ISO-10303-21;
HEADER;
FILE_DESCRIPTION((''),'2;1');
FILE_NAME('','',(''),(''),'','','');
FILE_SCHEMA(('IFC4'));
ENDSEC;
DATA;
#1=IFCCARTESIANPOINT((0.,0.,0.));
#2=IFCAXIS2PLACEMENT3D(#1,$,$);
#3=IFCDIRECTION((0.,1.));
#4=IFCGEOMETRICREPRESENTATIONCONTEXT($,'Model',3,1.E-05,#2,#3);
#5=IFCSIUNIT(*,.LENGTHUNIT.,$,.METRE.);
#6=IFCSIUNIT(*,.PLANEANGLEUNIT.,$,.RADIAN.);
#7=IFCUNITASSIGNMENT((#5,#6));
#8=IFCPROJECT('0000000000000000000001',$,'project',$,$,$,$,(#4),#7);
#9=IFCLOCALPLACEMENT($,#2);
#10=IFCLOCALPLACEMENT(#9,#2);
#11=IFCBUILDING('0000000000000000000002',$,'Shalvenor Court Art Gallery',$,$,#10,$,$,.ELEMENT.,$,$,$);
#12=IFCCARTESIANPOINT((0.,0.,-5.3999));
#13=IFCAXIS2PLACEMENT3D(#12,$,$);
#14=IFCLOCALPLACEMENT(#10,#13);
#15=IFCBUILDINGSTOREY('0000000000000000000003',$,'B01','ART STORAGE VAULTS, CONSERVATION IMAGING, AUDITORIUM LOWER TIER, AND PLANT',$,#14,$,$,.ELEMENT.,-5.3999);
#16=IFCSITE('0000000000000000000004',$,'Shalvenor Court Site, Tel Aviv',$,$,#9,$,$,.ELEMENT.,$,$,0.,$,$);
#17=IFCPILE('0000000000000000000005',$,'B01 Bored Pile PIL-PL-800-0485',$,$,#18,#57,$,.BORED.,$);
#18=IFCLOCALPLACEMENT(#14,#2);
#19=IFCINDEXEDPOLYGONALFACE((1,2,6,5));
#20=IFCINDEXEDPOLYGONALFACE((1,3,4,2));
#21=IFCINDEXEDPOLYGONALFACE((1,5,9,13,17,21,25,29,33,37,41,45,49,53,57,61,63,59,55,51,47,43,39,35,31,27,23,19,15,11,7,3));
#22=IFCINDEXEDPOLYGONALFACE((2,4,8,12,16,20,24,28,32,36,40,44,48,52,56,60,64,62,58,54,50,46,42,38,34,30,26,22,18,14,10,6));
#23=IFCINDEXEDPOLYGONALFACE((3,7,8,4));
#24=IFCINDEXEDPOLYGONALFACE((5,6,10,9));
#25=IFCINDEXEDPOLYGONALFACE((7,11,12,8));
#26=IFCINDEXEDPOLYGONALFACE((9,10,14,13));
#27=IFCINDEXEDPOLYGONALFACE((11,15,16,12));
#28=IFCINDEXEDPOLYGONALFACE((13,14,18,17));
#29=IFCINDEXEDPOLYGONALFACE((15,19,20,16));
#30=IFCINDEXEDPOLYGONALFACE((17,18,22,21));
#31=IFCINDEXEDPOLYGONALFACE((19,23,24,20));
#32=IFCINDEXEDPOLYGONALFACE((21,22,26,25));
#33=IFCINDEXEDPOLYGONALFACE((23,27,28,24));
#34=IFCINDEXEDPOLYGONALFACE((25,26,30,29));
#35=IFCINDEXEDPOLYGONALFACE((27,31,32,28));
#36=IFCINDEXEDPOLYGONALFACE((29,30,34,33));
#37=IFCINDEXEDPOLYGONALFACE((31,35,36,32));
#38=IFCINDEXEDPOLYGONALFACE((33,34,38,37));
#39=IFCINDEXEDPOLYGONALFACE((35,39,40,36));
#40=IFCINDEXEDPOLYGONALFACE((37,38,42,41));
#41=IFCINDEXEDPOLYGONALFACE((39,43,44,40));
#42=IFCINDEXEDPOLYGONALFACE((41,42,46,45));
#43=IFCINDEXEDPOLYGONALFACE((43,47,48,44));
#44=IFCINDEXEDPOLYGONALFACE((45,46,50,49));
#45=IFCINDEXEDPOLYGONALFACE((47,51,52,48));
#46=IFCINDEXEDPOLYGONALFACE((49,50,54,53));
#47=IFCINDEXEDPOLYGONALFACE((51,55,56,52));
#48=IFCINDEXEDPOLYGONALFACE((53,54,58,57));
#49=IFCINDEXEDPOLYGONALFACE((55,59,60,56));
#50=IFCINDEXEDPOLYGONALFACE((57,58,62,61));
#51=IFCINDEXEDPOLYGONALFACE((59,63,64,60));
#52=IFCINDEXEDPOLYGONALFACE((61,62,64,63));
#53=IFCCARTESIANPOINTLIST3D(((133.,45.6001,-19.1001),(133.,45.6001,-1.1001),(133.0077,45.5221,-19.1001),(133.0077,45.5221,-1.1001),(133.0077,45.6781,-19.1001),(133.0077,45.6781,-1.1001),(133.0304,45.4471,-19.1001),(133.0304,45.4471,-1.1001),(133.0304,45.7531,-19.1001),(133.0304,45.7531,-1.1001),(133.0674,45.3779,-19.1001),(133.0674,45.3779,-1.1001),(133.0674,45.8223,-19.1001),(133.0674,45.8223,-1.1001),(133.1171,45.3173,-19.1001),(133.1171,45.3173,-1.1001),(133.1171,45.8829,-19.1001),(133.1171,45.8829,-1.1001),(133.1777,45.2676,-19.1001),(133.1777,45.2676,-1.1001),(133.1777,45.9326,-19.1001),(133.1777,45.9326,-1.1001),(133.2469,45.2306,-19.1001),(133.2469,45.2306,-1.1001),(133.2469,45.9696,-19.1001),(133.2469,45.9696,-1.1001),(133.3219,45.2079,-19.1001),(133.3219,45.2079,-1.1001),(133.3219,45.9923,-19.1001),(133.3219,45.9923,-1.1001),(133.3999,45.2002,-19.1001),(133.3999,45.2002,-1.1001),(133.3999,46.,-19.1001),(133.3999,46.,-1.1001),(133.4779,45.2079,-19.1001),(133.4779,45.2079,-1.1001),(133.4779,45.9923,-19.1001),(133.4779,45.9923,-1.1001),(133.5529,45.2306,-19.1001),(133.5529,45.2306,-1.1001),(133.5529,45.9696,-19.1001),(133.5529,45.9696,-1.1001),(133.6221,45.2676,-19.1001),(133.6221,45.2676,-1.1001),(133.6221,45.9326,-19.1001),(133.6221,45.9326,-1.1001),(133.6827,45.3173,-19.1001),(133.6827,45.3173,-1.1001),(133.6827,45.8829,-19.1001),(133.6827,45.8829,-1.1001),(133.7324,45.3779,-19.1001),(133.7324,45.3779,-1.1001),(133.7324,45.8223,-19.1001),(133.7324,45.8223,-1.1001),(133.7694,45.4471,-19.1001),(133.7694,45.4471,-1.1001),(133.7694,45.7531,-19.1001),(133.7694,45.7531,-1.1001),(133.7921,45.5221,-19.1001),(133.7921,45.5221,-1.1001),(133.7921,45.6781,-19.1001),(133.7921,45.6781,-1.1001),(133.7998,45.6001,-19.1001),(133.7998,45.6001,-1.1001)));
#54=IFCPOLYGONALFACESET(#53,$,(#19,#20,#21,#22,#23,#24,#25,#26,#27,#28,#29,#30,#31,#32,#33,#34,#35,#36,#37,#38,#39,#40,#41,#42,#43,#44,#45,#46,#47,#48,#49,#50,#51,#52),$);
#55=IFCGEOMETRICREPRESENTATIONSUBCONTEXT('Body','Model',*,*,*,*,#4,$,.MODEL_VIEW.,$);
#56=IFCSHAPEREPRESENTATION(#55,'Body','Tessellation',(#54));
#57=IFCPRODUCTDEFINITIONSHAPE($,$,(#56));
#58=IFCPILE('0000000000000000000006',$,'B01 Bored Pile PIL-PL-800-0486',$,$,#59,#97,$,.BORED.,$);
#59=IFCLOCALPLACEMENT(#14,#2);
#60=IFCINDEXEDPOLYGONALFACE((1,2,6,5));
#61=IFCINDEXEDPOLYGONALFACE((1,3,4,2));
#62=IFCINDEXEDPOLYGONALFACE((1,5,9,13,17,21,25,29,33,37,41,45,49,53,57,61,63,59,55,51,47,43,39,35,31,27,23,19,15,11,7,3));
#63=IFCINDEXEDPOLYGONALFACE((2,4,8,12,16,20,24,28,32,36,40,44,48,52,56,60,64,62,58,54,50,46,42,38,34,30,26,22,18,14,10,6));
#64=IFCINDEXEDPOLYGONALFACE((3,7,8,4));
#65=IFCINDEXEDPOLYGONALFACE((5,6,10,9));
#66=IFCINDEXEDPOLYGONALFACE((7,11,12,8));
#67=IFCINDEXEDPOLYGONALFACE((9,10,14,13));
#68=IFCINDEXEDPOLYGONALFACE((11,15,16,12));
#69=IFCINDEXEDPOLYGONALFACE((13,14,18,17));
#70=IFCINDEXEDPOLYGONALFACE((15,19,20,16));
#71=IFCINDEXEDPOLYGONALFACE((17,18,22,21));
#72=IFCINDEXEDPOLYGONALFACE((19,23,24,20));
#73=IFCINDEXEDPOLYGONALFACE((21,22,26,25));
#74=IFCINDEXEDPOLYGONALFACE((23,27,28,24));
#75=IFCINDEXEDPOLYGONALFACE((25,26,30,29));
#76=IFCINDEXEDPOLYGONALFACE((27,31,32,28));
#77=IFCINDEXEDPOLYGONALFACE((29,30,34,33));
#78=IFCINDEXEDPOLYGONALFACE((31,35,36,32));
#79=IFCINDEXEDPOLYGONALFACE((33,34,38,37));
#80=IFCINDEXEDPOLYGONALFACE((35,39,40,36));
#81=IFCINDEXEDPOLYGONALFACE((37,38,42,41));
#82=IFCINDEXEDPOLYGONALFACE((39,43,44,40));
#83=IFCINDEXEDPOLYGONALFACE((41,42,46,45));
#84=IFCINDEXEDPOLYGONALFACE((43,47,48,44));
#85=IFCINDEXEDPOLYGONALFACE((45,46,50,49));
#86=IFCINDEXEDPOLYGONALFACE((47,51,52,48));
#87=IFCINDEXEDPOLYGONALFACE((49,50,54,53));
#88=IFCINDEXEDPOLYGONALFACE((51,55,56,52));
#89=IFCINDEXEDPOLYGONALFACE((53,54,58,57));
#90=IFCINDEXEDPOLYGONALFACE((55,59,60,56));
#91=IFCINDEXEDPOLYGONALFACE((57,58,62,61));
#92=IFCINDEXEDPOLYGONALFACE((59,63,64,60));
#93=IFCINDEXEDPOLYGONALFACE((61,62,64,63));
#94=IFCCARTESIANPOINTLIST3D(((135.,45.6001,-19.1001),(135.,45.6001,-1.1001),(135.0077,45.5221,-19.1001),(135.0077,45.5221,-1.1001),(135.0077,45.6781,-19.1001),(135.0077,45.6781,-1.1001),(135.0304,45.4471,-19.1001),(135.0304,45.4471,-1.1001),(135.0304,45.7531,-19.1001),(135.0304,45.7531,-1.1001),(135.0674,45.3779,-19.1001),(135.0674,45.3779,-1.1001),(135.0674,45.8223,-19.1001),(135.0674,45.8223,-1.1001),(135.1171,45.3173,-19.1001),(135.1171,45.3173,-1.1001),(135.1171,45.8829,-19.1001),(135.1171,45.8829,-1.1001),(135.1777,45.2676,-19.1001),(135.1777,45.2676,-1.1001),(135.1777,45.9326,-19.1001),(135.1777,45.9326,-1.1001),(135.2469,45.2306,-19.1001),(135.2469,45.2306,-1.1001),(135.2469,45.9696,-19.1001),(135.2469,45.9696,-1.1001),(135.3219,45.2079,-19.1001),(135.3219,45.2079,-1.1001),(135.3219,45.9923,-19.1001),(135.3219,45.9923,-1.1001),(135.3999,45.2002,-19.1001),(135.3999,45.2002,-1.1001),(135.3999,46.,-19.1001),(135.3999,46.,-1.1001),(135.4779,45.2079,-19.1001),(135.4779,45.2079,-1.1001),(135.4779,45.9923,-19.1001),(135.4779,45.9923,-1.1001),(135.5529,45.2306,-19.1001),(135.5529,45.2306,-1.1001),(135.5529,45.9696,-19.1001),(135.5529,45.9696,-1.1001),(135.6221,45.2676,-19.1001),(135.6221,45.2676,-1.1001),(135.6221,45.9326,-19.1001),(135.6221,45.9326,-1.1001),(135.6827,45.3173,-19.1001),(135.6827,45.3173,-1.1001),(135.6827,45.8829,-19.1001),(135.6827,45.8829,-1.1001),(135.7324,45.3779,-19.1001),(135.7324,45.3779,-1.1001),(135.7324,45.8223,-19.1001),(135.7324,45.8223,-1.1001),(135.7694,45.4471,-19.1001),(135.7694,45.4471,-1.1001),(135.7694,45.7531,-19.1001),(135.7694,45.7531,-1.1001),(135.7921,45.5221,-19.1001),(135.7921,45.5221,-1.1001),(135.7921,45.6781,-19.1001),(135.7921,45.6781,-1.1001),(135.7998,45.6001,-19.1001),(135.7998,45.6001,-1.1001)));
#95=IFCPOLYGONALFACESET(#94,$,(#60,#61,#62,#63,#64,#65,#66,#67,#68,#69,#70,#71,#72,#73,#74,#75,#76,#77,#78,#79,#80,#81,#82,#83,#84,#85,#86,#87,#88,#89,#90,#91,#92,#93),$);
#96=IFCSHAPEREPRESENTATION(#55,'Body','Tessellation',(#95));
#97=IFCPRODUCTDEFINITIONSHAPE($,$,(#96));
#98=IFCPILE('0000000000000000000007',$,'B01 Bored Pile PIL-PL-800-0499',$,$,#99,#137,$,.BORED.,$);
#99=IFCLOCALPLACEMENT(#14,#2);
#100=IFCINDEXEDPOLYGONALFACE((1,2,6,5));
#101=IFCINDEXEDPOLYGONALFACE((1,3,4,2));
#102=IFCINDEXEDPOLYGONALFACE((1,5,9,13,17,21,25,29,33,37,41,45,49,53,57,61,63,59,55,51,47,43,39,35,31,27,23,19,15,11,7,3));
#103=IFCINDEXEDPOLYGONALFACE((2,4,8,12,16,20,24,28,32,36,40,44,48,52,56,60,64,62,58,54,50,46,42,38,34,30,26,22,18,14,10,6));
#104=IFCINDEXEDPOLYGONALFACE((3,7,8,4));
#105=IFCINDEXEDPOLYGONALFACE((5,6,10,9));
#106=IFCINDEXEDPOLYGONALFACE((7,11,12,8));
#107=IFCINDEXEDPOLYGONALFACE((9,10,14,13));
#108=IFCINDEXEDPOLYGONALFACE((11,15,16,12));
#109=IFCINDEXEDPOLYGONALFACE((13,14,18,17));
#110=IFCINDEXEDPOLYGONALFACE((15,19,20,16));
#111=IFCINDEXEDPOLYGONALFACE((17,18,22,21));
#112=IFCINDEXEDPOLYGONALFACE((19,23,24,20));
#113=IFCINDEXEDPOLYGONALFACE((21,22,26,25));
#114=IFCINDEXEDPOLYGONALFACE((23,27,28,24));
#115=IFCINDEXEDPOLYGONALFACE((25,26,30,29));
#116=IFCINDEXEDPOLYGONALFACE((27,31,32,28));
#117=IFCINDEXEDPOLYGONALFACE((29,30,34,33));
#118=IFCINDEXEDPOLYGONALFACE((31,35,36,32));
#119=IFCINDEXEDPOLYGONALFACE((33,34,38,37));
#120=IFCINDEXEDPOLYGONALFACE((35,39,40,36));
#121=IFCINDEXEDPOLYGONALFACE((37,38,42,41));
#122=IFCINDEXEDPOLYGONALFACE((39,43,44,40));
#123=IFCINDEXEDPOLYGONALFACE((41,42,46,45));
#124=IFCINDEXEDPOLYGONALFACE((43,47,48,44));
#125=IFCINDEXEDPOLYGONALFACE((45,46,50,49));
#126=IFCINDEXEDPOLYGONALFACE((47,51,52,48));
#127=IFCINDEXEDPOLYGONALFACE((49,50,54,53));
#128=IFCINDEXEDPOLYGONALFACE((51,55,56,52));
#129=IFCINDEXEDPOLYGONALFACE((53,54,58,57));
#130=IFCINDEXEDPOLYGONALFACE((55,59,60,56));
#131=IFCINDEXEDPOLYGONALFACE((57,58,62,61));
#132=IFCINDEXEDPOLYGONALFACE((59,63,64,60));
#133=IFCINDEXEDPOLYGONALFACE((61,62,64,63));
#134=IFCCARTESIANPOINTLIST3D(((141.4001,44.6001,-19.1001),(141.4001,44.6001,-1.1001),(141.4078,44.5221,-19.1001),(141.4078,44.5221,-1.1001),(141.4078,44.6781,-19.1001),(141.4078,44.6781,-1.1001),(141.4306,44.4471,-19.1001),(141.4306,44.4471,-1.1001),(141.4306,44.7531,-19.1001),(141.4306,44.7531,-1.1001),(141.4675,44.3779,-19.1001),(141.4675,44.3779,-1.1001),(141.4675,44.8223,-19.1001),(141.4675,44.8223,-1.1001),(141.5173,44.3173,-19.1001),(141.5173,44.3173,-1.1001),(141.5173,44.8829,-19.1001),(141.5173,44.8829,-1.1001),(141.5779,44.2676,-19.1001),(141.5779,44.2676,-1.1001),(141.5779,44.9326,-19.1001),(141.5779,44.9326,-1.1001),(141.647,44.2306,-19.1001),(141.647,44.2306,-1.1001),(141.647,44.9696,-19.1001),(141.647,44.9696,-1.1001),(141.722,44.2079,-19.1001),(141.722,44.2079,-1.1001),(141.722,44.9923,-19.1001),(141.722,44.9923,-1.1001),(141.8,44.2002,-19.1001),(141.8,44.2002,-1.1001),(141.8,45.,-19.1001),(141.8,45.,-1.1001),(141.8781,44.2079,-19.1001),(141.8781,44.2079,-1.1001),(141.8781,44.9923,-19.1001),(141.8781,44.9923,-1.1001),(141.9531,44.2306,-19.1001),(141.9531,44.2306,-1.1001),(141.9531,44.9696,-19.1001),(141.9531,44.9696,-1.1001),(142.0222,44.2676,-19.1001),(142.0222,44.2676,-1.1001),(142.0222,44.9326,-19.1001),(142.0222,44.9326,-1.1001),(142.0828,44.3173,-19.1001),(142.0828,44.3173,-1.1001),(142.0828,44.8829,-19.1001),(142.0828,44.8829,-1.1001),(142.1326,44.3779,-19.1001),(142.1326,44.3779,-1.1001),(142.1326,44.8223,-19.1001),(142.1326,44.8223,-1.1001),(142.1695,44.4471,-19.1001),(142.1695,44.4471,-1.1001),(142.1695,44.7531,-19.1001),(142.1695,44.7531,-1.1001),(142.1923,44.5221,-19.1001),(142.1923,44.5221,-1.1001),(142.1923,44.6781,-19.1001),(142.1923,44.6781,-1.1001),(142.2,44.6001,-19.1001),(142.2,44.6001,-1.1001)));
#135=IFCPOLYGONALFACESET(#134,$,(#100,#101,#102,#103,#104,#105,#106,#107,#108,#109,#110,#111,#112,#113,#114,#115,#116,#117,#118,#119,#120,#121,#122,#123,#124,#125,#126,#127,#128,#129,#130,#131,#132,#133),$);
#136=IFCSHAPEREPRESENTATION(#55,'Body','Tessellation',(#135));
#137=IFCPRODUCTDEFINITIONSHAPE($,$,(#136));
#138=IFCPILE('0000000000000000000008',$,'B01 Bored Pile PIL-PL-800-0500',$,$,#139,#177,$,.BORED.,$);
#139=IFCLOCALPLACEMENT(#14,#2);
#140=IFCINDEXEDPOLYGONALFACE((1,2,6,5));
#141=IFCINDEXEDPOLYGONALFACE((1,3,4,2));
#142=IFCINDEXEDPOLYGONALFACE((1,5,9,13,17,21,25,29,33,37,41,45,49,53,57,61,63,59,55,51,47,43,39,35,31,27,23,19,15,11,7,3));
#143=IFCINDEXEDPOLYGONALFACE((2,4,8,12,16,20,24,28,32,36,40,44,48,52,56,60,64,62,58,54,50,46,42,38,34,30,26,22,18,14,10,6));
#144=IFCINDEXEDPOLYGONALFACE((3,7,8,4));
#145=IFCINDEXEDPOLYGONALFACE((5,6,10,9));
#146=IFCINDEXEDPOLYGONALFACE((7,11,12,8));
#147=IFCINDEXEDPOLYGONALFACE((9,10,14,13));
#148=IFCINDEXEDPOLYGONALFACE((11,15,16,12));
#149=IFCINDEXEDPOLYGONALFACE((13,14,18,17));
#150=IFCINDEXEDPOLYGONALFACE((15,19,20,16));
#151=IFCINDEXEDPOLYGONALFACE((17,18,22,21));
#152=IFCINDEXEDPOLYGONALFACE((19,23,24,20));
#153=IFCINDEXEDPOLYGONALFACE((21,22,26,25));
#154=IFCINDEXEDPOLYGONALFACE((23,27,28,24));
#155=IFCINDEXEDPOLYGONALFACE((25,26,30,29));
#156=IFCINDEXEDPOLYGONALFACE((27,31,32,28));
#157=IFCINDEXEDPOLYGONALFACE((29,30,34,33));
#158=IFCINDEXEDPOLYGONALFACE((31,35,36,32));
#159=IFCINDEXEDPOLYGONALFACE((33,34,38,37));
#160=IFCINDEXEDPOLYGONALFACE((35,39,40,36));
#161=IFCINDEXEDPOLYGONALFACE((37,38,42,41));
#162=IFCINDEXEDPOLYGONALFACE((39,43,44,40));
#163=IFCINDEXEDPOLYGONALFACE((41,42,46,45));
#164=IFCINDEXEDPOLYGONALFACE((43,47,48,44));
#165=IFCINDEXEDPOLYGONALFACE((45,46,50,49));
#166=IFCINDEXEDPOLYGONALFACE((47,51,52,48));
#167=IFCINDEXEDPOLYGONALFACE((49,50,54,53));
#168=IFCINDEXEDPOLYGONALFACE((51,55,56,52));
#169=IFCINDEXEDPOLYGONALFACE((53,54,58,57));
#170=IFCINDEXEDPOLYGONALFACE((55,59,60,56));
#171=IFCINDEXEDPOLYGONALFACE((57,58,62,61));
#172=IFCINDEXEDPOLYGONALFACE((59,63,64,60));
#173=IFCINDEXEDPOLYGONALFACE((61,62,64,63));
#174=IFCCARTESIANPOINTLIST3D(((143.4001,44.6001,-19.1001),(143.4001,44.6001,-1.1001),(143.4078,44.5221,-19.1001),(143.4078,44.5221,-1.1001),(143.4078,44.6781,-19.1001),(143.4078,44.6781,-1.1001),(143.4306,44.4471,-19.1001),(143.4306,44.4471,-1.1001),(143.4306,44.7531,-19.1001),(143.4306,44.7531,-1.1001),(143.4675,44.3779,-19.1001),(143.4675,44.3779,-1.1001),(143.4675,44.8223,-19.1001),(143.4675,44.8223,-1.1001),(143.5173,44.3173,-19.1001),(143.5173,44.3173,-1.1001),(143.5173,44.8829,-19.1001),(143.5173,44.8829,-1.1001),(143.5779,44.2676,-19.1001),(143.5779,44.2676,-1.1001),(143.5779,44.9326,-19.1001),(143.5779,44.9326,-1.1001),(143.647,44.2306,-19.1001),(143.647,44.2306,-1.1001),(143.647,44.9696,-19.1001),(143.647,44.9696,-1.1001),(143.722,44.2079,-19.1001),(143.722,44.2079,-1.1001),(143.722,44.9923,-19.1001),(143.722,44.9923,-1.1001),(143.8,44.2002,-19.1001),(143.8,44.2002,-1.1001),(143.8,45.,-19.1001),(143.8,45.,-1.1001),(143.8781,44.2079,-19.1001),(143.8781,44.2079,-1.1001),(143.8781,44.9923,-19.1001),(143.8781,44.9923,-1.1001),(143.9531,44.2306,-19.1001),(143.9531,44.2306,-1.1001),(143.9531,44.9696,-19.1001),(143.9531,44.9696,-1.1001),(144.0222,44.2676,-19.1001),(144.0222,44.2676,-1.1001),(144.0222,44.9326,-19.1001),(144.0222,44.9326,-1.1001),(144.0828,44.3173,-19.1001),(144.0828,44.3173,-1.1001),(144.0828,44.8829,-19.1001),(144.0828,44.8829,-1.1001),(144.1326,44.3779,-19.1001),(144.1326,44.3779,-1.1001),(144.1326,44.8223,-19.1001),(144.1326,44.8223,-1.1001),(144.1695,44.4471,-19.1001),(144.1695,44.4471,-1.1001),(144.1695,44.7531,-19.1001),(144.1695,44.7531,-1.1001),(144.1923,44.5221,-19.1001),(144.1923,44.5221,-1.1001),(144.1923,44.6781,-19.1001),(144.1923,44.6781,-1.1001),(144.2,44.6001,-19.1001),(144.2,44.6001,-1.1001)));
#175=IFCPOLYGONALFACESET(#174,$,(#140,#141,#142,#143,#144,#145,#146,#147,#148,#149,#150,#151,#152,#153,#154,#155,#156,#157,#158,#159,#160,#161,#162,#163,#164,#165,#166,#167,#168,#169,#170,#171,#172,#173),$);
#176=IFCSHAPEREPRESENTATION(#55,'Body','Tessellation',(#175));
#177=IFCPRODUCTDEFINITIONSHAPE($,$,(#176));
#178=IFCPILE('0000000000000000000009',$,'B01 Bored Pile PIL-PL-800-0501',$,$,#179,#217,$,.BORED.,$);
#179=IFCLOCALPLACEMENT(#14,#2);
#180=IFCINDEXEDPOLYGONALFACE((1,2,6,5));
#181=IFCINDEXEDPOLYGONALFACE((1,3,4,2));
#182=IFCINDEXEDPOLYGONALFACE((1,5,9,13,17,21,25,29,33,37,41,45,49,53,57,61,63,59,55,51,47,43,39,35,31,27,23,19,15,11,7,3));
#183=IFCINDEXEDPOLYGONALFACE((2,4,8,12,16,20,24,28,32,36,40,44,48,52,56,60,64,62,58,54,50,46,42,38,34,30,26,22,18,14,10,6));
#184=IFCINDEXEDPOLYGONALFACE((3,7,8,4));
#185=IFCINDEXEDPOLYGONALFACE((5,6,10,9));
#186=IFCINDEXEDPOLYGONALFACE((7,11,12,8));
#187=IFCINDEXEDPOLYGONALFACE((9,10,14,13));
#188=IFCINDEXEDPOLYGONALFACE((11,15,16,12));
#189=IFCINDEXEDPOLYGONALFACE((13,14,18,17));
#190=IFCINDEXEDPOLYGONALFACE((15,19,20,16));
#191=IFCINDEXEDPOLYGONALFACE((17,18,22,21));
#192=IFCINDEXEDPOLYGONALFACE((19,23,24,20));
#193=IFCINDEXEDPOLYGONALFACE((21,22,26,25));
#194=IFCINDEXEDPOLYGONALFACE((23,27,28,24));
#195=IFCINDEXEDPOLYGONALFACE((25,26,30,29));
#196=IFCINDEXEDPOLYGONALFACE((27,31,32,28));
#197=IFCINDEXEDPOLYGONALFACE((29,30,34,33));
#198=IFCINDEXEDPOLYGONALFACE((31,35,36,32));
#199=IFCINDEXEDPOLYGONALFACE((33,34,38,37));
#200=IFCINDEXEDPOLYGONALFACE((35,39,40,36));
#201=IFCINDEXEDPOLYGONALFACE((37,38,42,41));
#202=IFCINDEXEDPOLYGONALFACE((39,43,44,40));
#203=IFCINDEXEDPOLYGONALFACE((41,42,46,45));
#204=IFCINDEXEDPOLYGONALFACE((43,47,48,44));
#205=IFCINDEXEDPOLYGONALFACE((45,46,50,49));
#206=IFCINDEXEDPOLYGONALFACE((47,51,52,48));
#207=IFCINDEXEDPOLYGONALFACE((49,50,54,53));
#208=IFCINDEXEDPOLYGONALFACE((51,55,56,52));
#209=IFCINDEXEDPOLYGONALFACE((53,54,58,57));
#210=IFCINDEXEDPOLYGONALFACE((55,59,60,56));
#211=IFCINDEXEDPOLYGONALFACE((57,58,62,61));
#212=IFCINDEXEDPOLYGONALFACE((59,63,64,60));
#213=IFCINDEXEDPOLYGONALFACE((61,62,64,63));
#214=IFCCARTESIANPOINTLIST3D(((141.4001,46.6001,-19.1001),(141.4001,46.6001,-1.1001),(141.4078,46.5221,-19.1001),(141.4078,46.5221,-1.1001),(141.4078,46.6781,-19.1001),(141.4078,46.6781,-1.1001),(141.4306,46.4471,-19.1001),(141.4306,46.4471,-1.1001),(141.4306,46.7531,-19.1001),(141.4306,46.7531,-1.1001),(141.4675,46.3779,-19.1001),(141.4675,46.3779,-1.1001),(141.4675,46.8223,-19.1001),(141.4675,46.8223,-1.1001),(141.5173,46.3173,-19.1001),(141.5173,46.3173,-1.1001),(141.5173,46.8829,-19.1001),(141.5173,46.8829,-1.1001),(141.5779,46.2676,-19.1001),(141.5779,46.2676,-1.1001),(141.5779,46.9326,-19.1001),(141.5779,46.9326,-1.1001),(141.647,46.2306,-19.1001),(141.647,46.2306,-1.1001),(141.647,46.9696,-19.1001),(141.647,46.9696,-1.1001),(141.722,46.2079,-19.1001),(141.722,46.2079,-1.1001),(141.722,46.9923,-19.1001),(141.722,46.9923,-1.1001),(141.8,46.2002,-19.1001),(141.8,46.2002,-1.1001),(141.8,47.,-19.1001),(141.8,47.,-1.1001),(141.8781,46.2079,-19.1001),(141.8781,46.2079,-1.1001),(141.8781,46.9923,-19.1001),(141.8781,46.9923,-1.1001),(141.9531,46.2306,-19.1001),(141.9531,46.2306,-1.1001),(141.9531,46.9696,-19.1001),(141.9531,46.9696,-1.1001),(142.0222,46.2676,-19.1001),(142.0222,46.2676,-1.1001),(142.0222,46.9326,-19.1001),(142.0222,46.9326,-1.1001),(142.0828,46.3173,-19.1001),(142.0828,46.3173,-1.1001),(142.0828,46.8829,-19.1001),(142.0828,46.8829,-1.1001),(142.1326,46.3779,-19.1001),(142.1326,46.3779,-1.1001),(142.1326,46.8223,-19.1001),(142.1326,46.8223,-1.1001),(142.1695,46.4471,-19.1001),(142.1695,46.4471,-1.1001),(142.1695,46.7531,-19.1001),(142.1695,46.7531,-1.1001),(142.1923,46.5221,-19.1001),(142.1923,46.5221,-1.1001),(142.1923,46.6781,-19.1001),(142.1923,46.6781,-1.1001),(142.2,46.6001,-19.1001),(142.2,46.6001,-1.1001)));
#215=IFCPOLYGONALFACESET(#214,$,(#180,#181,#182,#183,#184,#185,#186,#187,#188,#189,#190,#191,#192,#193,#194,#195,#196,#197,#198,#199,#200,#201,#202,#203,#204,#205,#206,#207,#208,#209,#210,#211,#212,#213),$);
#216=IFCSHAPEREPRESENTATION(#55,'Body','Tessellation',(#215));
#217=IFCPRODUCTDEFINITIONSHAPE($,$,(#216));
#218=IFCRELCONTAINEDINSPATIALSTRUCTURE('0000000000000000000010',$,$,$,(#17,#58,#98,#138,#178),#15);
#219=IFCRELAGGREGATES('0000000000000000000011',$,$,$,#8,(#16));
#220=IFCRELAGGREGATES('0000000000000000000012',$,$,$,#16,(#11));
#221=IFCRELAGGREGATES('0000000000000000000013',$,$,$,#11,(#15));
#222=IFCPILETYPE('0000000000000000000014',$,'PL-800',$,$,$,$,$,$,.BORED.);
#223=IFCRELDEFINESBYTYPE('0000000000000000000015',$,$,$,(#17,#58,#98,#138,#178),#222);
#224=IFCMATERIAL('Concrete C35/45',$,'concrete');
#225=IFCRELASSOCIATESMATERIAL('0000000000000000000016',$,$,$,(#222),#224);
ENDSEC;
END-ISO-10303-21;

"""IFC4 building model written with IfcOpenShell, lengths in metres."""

from ifc_helpers import new_model, si_unit, direction, frame, origin, origin_2d, place, context, subcontext, project, spatial, circle, extrude, material, material_profile, profile_set, type_object, element, save


model = new_model("IFC4")

# Units and contexts
model_context = context("Model", 3, precision=1e-05, world=origin(), true_north=direction((0.0, 1.0)))
body_context = subcontext(model_context, "Body", "Model", "MODEL_VIEW")
ifc_project = project(units=[si_unit("LENGTHUNIT", "METRE"), si_unit("PLANEANGLEUNIT", "RADIAN")], contexts=[model_context])

# Site, building, storey
site_placement = place(None, origin())
site = spatial("IfcSite", under=ifc_project, at=site_placement, Name="Shalvenor Court Site, Tel Aviv", CompositionType="ELEMENT", RefElevation=0.0)
building_placement = place(site_placement, origin())
building = spatial("IfcBuilding", under=site, at=building_placement, Name="Shalvenor Court Art Gallery", CompositionType="ELEMENT")
storey_placement = place(building_placement, frame((0.0, 0.0, -5.3999)))
storey = spatial("IfcBuildingStorey", under=building, at=storey_placement, Name="B01", Description="ART STORAGE VAULTS, CONSERVATION IMAGING, AUDITORIUM LOWER TIER, AND PLANT", CompositionType="ELEMENT", Elevation=-5.3999)

# Piles
ifc_material_1 = material(Name="Concrete C35/45", Category="concrete")
ifc_material_profile_1 = material_profile(ifc_material_1, circle(Radius=0.3999, at=origin_2d()), Name="PILE 800")
ifc_profile_set_1 = profile_set([ifc_material_profile_1], Name="Concrete C35/45")
pile_type_1 = type_object("IfcPileType", Name="PL-800", PredefinedType="BORED", material=ifc_profile_set_1)
for number, where, z_axis, x_axis, name in (
    (1, (133.3999, 45.6001, -1.1001), (0.0, 0.0, -1.0), (1.0, 0.0, 0.0), "B01 Bored Pile PIL-PL-800-0485"),
    (2, (135.3999, 45.6001, -1.1001), (0.0, 0.0, -1.0), (1.0, 0.0, 0.0), "B01 Bored Pile PIL-PL-800-0486"),
    (3, (141.8, 44.6001, -1.1001), (0.0, 0.0, -1.0), (1.0, 0.0, 0.0), "B01 Bored Pile PIL-PL-800-0499"),
    (4, (143.8, 44.6001, -1.1001), (0.0, 0.0, -1.0), (1.0, 0.0, 0.0), "B01 Bored Pile PIL-PL-800-0500"),
    (5, (141.8, 46.6001, -1.1001), (0.0, 0.0, -1.0), (1.0, 0.0, 0.0), "B01 Bored Pile PIL-PL-800-0501"),
):
    element("IfcPile", number, at=place(storey_placement, frame(where, z_axis=z_axis, x_axis=x_axis)), inside=storey, type_object=pile_type_1, Name=name, PredefinedType="BORED", context=body_context, shape_type="SweptSolid", body=[
        extrude(circle(Radius=0.3999, at=origin_2d()), origin(), (0.0, 0.0, 1.0), 18.0),
    ])

save(model, "model.ifc")
